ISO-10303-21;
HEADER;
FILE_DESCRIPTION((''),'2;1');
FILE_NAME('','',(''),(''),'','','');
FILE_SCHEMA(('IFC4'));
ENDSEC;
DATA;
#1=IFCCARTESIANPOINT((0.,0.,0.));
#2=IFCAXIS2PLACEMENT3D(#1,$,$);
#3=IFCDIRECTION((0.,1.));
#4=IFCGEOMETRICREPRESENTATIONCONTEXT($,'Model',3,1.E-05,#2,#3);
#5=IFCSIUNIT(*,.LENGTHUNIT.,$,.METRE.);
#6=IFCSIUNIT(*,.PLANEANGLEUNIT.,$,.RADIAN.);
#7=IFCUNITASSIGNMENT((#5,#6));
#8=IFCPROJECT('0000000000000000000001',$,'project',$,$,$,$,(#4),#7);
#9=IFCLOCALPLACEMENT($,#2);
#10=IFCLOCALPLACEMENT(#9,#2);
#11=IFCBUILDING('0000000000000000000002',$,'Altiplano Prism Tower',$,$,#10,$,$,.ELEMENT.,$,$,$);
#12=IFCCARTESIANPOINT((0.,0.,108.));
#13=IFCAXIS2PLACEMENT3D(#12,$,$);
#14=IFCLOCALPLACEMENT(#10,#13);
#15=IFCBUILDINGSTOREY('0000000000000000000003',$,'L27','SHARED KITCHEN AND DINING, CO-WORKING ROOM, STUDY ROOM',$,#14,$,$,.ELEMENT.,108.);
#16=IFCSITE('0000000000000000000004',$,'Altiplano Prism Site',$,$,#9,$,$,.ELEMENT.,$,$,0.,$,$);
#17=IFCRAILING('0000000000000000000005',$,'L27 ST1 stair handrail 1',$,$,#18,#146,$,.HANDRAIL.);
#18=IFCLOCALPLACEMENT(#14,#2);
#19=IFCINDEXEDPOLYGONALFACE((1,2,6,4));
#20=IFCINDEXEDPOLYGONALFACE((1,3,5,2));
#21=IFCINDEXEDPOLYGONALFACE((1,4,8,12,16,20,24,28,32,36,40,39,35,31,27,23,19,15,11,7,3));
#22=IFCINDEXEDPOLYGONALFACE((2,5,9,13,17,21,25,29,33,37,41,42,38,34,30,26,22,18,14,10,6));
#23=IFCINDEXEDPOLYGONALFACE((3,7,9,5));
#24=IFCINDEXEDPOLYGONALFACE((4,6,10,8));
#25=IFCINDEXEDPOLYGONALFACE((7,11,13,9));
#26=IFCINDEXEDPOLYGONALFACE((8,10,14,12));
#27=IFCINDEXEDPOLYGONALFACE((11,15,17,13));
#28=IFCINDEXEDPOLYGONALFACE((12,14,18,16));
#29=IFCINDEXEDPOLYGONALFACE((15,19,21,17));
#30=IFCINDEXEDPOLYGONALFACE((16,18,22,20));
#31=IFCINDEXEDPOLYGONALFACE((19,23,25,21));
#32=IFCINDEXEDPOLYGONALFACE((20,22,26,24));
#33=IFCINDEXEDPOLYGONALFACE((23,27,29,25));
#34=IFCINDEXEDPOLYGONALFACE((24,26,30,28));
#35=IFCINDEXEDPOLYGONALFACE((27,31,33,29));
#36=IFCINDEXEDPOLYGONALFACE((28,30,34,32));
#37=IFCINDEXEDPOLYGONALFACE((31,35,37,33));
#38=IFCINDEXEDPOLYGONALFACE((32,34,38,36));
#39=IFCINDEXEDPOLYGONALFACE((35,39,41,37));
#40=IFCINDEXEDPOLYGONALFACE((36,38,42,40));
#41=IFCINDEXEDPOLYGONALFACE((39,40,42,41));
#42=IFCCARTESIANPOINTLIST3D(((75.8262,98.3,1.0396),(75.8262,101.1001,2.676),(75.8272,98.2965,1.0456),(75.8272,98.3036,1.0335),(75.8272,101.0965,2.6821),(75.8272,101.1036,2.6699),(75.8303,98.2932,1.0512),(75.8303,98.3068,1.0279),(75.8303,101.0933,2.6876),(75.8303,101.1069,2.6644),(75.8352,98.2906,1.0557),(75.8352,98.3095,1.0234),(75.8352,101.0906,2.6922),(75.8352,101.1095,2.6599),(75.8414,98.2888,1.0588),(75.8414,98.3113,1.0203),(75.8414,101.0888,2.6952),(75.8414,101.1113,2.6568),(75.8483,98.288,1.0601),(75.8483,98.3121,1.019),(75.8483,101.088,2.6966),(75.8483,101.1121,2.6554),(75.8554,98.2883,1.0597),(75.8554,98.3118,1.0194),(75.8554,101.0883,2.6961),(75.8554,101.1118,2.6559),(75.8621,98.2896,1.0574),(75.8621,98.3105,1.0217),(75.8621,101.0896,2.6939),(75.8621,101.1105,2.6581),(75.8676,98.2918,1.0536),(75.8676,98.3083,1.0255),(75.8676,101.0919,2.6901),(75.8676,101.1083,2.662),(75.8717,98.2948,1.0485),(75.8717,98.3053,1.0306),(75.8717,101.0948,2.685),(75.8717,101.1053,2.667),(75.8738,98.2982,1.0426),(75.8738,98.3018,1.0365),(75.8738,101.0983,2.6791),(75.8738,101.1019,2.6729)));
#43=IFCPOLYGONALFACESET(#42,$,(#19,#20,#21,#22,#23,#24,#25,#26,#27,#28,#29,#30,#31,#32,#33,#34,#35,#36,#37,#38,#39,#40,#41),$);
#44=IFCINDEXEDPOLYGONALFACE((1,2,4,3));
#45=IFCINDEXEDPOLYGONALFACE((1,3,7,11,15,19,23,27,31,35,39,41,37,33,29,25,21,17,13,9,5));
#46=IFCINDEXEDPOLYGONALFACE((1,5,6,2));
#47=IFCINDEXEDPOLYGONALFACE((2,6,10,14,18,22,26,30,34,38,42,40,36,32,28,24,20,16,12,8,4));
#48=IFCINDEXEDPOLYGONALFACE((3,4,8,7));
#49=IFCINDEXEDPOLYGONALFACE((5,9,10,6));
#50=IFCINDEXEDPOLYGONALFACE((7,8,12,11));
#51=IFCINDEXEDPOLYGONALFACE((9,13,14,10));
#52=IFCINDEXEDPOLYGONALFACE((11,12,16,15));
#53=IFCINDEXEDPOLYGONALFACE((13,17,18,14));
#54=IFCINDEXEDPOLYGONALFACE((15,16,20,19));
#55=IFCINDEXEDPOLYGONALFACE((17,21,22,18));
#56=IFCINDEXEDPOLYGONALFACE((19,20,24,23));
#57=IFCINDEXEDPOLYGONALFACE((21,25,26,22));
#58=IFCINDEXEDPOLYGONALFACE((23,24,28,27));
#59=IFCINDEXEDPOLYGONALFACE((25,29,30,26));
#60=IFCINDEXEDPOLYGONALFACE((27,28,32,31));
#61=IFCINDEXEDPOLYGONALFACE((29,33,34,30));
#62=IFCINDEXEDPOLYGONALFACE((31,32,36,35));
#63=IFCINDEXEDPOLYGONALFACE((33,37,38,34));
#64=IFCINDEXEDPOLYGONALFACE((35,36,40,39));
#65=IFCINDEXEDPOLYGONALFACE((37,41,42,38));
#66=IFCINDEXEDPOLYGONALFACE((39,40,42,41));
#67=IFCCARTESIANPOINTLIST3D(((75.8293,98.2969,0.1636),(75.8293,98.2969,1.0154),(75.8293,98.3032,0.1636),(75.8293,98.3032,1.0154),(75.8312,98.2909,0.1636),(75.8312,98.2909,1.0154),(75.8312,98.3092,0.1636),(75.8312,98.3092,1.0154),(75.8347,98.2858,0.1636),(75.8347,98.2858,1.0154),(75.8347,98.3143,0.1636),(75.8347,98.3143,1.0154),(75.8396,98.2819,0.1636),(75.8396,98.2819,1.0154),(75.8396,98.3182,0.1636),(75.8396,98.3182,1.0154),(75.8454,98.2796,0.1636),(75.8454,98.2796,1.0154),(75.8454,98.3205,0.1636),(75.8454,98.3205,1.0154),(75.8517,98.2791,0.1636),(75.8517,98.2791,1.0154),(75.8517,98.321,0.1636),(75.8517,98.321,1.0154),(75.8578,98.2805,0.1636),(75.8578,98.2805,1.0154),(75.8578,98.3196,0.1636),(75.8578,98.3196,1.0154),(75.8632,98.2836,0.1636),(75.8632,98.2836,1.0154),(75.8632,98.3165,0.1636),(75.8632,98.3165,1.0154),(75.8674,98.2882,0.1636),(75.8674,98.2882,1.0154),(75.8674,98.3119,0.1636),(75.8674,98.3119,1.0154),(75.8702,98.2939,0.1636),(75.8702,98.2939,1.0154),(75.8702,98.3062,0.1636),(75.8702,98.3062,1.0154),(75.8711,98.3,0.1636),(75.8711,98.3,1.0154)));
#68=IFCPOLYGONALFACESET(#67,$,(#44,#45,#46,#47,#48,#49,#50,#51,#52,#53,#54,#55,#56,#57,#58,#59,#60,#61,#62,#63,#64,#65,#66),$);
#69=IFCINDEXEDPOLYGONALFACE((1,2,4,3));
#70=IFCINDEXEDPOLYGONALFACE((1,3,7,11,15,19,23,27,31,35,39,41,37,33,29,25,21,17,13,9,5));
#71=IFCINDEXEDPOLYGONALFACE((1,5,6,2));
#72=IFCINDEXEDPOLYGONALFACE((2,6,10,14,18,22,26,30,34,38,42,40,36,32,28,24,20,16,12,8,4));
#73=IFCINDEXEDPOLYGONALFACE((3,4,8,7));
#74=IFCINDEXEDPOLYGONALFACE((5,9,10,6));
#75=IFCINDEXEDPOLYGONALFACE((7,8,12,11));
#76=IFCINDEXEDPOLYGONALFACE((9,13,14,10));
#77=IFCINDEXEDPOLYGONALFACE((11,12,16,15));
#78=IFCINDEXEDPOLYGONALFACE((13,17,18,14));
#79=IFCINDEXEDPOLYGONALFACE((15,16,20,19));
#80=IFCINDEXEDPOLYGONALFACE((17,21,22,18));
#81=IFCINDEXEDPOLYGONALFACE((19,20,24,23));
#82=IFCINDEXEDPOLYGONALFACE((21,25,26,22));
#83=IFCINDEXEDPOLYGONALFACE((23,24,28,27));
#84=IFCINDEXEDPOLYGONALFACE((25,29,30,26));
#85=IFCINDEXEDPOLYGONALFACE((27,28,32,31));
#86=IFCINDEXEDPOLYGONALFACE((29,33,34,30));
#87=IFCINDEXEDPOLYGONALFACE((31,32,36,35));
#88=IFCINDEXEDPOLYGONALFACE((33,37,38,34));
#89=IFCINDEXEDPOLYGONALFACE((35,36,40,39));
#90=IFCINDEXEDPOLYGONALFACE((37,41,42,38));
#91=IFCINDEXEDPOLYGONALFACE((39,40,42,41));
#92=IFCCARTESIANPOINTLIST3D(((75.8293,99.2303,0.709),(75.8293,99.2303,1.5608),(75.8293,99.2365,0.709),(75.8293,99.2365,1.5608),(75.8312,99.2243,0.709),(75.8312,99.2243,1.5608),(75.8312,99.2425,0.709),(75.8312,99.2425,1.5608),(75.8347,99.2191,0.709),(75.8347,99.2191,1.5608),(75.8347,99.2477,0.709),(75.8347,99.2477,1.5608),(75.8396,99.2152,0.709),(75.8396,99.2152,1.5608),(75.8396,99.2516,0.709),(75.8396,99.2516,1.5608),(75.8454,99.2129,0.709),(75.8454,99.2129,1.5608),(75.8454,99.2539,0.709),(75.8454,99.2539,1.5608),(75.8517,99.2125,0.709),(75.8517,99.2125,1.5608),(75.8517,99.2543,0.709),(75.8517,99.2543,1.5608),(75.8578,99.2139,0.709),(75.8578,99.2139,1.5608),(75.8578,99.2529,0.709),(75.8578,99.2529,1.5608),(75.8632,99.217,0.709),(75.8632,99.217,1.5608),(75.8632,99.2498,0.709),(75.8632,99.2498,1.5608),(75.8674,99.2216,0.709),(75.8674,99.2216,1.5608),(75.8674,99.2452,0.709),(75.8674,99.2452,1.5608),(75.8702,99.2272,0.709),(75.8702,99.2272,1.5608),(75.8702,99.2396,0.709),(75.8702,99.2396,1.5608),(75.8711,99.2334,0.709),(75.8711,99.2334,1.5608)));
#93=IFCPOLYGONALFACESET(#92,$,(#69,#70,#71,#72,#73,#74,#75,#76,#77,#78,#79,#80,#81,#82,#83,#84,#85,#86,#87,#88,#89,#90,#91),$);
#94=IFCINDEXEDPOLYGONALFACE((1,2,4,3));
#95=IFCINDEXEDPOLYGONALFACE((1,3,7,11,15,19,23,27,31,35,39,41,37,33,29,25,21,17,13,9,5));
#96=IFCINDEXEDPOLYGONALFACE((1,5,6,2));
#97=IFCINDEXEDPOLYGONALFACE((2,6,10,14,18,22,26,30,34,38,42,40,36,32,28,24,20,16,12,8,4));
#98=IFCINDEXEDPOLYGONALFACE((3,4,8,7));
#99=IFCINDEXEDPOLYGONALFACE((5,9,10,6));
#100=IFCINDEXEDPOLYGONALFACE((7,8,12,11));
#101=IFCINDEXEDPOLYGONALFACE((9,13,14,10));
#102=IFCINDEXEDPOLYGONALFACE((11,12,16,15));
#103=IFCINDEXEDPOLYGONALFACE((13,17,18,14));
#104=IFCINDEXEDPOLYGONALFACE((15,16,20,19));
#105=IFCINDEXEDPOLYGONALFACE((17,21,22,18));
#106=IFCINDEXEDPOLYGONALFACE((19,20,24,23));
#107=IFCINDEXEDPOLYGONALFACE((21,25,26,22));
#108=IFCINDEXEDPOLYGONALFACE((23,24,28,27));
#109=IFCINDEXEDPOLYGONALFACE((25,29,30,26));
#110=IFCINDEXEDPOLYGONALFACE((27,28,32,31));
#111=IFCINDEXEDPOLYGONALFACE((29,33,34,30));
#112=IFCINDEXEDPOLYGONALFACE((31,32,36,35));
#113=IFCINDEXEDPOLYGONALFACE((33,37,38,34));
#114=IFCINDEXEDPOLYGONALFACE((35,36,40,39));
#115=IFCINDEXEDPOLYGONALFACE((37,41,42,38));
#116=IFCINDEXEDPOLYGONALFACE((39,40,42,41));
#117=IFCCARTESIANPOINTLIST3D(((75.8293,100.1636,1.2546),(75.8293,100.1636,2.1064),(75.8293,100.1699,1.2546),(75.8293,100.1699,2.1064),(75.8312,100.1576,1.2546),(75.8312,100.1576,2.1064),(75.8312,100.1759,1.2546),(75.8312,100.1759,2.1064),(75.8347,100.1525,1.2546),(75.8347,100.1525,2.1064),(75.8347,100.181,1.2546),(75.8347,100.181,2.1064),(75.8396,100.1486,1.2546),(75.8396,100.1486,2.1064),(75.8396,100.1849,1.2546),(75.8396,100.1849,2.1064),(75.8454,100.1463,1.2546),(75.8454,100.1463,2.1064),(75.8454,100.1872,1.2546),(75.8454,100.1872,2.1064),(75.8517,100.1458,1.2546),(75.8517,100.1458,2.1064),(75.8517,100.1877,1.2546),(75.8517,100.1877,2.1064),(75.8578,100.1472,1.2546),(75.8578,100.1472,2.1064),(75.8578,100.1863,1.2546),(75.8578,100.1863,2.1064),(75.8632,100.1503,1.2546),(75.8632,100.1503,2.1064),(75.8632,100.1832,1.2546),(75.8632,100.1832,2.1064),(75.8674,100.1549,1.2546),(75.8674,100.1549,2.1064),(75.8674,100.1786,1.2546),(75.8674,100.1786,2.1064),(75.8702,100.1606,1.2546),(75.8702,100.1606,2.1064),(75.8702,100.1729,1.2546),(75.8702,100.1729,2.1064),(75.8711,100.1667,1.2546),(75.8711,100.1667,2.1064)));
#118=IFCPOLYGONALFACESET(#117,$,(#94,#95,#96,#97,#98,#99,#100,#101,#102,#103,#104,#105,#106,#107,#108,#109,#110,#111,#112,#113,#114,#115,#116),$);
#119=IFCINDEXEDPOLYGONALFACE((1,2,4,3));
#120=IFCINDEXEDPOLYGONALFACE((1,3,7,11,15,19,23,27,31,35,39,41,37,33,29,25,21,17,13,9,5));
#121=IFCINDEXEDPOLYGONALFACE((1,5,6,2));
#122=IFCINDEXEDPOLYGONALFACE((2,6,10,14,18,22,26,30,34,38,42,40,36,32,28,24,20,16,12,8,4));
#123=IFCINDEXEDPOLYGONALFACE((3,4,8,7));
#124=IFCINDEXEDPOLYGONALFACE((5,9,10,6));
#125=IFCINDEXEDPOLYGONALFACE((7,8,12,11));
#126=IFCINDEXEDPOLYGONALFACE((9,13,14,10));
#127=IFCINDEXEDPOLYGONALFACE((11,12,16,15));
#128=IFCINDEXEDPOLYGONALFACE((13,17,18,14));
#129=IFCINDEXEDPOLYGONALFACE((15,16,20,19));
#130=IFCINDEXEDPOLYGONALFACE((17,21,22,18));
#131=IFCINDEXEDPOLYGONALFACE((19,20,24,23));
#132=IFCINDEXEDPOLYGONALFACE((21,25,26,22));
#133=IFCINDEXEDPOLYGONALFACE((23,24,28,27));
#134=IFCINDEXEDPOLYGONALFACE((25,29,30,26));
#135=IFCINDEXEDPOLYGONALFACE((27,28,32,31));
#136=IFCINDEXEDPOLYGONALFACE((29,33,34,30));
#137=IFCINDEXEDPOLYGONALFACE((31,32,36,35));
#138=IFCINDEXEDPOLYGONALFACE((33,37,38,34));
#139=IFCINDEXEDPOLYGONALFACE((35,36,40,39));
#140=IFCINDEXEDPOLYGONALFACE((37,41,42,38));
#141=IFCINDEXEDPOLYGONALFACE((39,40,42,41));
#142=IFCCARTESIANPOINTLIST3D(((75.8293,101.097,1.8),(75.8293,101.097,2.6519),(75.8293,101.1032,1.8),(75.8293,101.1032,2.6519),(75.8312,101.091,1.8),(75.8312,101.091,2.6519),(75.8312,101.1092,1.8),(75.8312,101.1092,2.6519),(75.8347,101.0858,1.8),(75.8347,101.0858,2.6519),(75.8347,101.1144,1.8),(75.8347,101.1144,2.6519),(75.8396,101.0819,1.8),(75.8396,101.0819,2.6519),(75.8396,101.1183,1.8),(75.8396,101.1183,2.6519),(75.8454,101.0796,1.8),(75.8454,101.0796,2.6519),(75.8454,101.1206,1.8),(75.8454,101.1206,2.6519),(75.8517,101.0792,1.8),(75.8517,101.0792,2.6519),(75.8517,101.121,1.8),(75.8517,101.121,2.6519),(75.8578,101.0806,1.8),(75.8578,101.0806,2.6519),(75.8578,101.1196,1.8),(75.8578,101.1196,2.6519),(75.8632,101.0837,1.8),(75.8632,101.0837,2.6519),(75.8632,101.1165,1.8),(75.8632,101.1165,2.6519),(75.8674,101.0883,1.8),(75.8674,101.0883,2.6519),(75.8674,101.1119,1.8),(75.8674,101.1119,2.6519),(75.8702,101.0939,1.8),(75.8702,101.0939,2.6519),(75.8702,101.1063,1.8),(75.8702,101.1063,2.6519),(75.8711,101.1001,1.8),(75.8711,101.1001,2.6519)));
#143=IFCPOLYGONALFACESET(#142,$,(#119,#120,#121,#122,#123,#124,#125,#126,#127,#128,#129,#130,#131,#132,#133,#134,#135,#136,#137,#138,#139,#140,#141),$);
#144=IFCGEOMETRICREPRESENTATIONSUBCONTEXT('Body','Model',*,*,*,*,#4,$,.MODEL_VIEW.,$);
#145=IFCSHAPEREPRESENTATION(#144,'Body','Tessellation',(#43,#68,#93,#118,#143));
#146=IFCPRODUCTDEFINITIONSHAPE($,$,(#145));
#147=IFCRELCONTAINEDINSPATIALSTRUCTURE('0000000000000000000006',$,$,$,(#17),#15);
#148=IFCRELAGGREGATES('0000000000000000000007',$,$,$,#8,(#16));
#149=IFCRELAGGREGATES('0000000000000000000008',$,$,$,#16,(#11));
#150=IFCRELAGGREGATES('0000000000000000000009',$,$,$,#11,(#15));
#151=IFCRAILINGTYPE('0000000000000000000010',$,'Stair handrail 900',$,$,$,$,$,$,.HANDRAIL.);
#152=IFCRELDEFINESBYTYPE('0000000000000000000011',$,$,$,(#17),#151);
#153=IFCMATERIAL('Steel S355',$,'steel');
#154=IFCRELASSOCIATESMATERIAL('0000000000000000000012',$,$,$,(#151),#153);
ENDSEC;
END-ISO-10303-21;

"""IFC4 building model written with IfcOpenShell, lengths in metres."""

from ifc_helpers import new_model, si_unit, direction, frame, origin, origin_2d, place, context, subcontext, project, spatial, circle, extrude, material, type_object, element, save


model = new_model("IFC4")

# Units and contexts
model_context = context("Model", 3, precision=1e-05, world=origin(), true_north=direction((0.0, 1.0)))
body_context = subcontext(model_context, "Body", "Model", "MODEL_VIEW")
ifc_project = project(units=[si_unit("LENGTHUNIT", "METRE"), si_unit("PLANEANGLEUNIT", "RADIAN")], contexts=[model_context])

# Site, building, storey
site_placement = place(None, origin())
site = spatial("IfcSite", under=ifc_project, at=site_placement, Name="Altiplano Prism Site", CompositionType="ELEMENT", RefElevation=0.0)
building_placement = place(site_placement, origin())
building = spatial("IfcBuilding", under=site, at=building_placement, Name="Altiplano Prism Tower", CompositionType="ELEMENT")
storey_placement = place(building_placement, frame((0.0, 0.0, 108.0)))
storey = spatial("IfcBuildingStorey", under=building, at=storey_placement, Name="L27", Description="SHARED KITCHEN AND DINING, CO-WORKING ROOM, STUDY ROOM", CompositionType="ELEMENT", Elevation=108.0)

# Railing
ifc_material_1 = material(Name="Steel S355", Category="steel")
railing_type = type_object("IfcRailingType", Name="Stair handrail 900", PredefinedType="HANDRAIL", material=ifc_material_1)
railing_1_placement = place(storey_placement, frame((75.8501, 98.3, 0.1636)))
element("IfcRailing", 1, at=railing_1_placement, inside=storey, type_object=railing_type, Name="L27 ST1 stair handrail 1", PredefinedType="HANDRAIL", context=body_context, shape_type="SweptSolid", body=[
    extrude(circle(Radius=0.0239, at=origin_2d()), frame((0.0, 0.0, 0.876), z_axis=(0.0, 0.863361, 0.504587), x_axis=(-1.0, 0.0, 0.0)), (0.0, 0.0, 1.0), 3.2432),
    extrude(circle(Radius=0.021, at=origin_2d()), origin(), (0.0, 0.0, 1.0), 0.8518),
    extrude(circle(Radius=0.021, at=origin_2d()), frame((0.0, 0.9333, 0.5454)), (0.0, 0.0, 1.0), 0.8518),
    extrude(circle(Radius=0.021, at=origin_2d()), frame((0.0, 1.8667, 1.0911)), (0.0, 0.0, 1.0), 0.8518),
    extrude(circle(Radius=0.021, at=origin_2d()), frame((0.0, 2.8, 1.6365)), (0.0, 0.0, 1.0), 0.8518),
])

save(model, "model.ifc")
